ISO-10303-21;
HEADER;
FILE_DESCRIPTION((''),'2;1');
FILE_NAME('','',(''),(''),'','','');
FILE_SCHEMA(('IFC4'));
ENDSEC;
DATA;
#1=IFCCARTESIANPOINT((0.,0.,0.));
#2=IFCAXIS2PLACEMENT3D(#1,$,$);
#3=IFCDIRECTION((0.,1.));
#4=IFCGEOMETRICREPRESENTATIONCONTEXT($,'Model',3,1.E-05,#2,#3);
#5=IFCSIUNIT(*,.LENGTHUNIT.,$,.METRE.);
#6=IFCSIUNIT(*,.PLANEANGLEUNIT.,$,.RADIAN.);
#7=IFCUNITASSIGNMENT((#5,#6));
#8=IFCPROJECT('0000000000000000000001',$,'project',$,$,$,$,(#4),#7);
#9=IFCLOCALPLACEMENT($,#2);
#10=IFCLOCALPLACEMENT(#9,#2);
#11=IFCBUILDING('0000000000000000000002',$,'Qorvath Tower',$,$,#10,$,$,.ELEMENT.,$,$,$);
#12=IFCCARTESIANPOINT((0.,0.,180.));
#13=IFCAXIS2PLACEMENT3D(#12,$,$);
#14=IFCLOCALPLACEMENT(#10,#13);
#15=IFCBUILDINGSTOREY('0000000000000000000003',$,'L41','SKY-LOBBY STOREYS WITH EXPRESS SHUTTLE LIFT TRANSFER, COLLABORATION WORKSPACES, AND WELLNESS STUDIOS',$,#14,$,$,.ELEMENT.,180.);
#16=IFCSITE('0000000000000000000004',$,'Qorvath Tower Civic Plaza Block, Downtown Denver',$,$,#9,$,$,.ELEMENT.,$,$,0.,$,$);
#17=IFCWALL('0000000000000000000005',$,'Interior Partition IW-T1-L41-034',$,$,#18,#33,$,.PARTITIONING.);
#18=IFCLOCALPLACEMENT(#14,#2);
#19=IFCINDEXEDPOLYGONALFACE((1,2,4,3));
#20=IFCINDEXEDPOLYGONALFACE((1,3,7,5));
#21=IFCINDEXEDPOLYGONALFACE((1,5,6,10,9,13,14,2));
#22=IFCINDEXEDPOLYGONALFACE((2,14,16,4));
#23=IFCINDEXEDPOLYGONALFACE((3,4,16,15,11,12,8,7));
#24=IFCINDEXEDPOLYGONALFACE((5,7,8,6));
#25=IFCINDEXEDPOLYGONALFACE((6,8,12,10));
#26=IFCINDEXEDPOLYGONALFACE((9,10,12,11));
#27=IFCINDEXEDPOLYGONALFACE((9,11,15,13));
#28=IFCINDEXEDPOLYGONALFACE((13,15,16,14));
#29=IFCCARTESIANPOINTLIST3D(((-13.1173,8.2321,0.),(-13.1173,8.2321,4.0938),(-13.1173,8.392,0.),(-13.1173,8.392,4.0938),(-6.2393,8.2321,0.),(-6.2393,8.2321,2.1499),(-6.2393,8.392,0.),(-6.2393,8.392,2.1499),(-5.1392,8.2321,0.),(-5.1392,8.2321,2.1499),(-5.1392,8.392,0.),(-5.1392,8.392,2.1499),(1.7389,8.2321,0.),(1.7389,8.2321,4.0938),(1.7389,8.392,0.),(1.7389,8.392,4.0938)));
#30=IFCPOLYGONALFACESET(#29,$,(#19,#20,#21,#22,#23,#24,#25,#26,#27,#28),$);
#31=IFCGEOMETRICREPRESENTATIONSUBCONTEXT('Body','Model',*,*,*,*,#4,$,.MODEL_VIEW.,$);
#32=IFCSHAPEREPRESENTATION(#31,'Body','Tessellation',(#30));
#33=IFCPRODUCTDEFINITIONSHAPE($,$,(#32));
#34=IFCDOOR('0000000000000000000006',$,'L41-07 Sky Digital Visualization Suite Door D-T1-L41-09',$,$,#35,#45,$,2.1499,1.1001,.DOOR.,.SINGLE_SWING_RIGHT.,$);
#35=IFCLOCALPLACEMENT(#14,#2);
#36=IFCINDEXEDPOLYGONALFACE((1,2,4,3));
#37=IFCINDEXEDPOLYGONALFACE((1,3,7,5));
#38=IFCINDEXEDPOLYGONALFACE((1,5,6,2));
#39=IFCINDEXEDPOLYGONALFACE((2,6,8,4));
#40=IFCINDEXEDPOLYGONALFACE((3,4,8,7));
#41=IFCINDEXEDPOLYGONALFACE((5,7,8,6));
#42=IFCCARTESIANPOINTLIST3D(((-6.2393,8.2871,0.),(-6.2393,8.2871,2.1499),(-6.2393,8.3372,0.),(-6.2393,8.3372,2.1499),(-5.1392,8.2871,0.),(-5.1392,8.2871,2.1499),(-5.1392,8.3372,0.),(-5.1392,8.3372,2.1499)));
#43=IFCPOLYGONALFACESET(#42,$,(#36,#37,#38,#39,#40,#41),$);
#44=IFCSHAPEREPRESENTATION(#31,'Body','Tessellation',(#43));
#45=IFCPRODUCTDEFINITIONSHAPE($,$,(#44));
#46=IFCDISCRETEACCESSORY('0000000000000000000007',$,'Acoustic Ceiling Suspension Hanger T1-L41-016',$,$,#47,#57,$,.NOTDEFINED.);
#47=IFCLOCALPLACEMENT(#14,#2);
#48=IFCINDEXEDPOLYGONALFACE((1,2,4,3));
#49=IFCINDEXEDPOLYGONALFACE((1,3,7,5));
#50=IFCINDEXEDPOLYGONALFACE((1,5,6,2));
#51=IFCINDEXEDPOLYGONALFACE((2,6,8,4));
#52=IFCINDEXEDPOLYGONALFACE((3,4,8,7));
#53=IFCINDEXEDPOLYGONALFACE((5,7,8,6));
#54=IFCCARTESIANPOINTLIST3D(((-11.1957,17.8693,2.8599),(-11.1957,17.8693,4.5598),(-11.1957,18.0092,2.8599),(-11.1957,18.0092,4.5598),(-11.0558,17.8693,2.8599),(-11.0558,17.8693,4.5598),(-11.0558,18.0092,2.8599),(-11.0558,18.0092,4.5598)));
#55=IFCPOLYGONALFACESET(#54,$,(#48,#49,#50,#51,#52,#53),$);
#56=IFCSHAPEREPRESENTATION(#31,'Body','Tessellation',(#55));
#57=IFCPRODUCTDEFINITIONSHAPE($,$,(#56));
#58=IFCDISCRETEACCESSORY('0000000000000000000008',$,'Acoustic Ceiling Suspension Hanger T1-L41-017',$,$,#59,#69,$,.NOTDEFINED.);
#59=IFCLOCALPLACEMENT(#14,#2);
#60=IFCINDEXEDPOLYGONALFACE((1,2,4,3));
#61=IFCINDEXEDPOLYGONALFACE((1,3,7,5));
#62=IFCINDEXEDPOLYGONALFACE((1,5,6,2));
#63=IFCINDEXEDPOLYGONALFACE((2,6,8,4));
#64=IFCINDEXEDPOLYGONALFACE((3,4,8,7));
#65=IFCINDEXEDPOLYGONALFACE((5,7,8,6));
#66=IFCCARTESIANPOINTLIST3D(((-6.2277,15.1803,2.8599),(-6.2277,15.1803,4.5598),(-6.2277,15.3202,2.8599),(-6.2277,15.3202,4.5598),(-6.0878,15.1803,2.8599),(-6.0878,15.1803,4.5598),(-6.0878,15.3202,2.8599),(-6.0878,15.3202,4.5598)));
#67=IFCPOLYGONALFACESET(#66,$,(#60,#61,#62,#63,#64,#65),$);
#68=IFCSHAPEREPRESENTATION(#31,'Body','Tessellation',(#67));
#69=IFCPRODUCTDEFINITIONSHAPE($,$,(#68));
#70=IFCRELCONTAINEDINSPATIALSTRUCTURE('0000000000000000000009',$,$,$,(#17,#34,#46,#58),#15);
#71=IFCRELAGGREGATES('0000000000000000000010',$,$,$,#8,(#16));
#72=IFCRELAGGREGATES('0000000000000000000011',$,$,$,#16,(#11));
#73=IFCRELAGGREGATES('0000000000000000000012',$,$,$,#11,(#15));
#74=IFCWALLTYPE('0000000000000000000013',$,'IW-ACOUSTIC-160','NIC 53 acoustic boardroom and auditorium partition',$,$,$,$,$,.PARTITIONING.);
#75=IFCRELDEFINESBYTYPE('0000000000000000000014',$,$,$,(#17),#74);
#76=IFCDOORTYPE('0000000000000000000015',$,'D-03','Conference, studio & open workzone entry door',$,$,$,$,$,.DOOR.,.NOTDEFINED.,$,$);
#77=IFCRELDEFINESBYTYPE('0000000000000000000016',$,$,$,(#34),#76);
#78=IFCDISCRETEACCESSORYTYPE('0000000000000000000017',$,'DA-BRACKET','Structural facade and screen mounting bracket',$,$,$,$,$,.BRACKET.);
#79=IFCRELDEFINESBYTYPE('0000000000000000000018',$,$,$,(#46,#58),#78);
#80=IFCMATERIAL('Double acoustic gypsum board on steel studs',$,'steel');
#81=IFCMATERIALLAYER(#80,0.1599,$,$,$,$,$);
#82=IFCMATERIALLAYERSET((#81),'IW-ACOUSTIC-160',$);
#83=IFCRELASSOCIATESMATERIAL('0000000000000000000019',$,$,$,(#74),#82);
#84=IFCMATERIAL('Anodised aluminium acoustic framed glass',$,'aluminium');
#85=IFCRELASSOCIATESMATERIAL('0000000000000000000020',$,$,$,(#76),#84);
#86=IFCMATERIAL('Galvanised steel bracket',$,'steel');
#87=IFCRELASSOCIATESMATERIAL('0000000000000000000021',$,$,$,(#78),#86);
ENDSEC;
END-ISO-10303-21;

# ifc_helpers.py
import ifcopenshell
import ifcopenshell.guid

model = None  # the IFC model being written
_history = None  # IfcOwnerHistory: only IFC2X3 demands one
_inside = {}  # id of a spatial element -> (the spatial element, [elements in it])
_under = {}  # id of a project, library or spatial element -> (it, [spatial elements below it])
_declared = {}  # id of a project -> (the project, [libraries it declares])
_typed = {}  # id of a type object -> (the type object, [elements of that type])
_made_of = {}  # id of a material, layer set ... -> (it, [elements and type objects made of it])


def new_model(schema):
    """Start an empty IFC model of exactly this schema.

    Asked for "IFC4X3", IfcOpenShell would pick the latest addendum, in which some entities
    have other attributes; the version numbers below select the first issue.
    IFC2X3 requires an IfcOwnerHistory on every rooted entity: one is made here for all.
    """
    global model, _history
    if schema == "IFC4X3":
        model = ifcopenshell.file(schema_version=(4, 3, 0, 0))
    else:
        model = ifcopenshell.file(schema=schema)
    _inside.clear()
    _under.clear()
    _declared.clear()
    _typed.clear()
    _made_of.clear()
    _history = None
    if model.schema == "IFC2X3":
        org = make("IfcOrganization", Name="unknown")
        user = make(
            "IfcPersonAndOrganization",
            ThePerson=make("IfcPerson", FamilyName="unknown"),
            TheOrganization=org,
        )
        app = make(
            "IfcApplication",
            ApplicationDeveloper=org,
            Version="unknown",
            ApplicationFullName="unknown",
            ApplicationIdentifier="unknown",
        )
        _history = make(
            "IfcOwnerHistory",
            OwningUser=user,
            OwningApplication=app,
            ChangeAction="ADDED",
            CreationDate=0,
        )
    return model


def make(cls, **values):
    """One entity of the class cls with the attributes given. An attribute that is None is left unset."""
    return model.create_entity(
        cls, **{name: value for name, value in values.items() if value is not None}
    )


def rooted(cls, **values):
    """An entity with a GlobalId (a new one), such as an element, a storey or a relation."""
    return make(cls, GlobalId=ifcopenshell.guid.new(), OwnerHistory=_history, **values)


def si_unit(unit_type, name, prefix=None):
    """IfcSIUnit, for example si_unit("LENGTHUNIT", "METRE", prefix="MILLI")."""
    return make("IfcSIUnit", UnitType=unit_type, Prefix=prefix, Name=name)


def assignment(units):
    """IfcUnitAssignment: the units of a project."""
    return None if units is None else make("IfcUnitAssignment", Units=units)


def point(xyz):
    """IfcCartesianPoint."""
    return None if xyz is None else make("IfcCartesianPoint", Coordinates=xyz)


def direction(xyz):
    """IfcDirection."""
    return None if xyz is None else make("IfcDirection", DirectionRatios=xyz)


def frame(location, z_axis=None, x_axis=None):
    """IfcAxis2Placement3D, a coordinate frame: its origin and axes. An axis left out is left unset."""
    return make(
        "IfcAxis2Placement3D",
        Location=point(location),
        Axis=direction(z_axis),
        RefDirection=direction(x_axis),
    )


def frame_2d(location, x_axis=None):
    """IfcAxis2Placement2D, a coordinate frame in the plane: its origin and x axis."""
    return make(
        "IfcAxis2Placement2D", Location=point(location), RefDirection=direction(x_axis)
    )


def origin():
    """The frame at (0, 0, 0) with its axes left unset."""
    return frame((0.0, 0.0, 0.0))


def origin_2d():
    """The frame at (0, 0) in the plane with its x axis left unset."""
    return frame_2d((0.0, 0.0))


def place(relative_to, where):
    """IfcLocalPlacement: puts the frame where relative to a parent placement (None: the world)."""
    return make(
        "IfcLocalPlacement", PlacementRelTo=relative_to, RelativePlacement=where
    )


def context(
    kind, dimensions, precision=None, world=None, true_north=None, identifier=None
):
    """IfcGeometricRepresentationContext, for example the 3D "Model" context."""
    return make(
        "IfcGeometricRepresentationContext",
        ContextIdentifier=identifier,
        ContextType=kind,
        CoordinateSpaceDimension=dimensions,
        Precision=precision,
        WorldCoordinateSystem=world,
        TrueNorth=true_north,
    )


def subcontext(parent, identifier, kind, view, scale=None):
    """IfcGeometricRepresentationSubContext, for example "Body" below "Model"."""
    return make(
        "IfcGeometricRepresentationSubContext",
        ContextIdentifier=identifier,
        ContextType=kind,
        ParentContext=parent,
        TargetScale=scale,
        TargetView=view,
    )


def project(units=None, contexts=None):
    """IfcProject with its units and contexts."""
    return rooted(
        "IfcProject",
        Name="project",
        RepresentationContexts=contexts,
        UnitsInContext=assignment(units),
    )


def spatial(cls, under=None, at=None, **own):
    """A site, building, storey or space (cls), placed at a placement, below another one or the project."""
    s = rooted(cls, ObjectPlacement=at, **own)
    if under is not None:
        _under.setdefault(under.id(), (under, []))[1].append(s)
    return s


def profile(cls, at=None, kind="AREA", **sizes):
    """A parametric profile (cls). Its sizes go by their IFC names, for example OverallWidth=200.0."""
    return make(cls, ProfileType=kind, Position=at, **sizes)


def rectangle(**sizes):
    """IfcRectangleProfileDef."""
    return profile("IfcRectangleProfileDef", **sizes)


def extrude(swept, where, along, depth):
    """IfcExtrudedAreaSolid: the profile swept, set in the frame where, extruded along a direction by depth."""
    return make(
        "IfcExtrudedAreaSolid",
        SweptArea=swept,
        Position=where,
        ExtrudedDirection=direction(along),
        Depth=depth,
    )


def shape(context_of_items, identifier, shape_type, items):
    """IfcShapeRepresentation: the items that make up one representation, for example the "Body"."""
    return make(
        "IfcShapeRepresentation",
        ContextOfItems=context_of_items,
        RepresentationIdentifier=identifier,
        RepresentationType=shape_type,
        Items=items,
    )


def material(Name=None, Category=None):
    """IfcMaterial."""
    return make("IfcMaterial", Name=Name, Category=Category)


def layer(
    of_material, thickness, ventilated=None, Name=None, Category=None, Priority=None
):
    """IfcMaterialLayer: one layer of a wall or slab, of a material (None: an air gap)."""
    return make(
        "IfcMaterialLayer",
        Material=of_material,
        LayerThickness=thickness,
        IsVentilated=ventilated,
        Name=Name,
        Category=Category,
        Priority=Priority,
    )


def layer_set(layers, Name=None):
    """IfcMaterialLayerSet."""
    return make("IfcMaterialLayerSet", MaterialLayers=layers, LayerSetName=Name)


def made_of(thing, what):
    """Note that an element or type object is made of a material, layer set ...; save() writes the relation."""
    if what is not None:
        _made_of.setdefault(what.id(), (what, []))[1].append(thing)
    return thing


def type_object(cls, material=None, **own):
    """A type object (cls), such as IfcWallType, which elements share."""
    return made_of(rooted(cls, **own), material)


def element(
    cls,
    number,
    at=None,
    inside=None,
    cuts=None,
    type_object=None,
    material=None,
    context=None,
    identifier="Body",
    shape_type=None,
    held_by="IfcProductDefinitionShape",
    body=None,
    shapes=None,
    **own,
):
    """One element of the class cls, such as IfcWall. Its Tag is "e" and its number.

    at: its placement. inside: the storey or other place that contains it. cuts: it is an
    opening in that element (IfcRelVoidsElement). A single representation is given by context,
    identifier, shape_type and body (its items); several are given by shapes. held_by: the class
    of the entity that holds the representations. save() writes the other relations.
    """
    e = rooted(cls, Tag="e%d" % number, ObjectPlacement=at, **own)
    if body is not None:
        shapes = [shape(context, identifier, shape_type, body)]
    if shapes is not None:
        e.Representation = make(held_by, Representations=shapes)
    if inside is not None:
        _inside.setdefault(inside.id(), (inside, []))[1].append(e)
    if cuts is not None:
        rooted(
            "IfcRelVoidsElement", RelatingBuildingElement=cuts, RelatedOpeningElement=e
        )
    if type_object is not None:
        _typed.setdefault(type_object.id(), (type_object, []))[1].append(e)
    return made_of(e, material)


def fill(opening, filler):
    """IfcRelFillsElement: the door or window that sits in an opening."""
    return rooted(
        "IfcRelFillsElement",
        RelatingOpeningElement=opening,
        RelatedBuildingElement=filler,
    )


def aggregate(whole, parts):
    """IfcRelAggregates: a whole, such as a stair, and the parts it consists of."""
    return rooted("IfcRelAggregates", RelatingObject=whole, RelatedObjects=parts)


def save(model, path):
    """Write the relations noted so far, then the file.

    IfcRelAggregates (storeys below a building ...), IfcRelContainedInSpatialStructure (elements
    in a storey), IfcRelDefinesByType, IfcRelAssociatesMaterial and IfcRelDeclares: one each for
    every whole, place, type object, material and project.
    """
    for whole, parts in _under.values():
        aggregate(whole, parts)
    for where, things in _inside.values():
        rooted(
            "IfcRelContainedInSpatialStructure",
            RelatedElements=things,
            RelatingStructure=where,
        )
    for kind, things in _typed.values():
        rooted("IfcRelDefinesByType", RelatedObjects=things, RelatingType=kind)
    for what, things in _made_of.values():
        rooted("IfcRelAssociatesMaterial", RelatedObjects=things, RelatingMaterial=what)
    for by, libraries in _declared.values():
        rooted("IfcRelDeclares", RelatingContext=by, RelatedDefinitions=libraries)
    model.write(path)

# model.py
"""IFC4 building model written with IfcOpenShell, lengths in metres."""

from ifc_helpers import new_model, si_unit, direction, frame, frame_2d, origin, origin_2d, place, context, subcontext, project, spatial, rectangle, extrude, material, layer, layer_set, type_object, element, fill, save


model = new_model("IFC4")

# Units and contexts
model_context = context("Model", 3, precision=1e-05, world=origin(), true_north=direction((0.0, 1.0)))
body_context = subcontext(model_context, "Body", "Model", "MODEL_VIEW")
ifc_project = project(units=[si_unit("LENGTHUNIT", "METRE"), si_unit("PLANEANGLEUNIT", "RADIAN")], contexts=[model_context])

# Site, building, storey
site_placement = place(None, origin())
site = spatial("IfcSite", under=ifc_project, at=site_placement, Name="Qorvath Tower Civic Plaza Block, Downtown Denver", CompositionType="ELEMENT", RefElevation=0.0)
building_placement = place(site_placement, origin())
building = spatial("IfcBuilding", under=site, at=building_placement, Name="Qorvath Tower", CompositionType="ELEMENT")
storey_placement = place(building_placement, frame((0.0, 0.0, 180.0)))
storey = spatial("IfcBuildingStorey", under=building, at=storey_placement, Name="L41", Description="SKY-LOBBY STOREYS WITH EXPRESS SHUTTLE LIFT TRANSFER, COLLABORATION WORKSPACES, AND WELLNESS STUDIOS", CompositionType="ELEMENT", Elevation=180.0)

# Wall, opening, door
ifc_material_1 = material(Name="Double acoustic gypsum board on steel studs", Category="steel")
ifc_layer_1 = layer(ifc_material_1, 0.1599)
ifc_layer_set_1 = layer_set([ifc_layer_1], Name="IW-ACOUSTIC-160")
wall_type = type_object("IfcWallType", Name="IW-ACOUSTIC-160", Description="NIC 53 acoustic boardroom and auditorium partition", PredefinedType="PARTITIONING", material=ifc_layer_set_1)
wall_placement = place(storey_placement, frame((1.739, 8.312, 0.0), z_axis=(0.0, 0.0, 1.0), x_axis=(-1.0, 0.0, 0.0)))
wall = element("IfcWall", 1, at=wall_placement, inside=storey, type_object=wall_type, Name="Interior Partition IW-T1-L41-034", PredefinedType="PARTITIONING", context=body_context, shape_type="SweptSolid", body=[
    extrude(rectangle(XDim=14.8562, YDim=0.1599, at=frame_2d((7.4282, 0.0))), origin(), (0.0, 0.0, 1.0), 4.0938),
])
opening_placement = place(wall_placement, frame((6.8782, 0.0, 0.0)))
opening = element("IfcOpeningElement", 2, at=opening_placement, cuts=wall, PredefinedType="OPENING", context=body_context, shape_type="SweptSolid", body=[
    extrude(rectangle(XDim=1.1001, YDim=2.1499, at=frame_2d((0.55, 1.075))), frame((0.0, 0.0898, 0.0), z_axis=(0.0, -1.0, 0.0), x_axis=(1.0, 0.0, 0.0)), (0.0, 0.0, 1.0), 0.1799),
])
ifc_material_2 = material(Name="Anodised aluminium acoustic framed glass", Category="aluminium")
door_type = type_object("IfcDoorType", Name="D-03", Description="Conference, studio & open workzone entry door", OperationType="NOTDEFINED", PredefinedType="DOOR", material=ifc_material_2)
door_placement = place(opening_placement, origin())
door = element("IfcDoor", 3, at=door_placement, inside=storey, type_object=door_type, Name="L41-07 Sky Digital Visualization Suite Door D-T1-L41-09", OperationType="SINGLE_SWING_RIGHT", OverallHeight=2.1499, OverallWidth=1.1001, PredefinedType="DOOR", context=body_context, shape_type="SweptSolid", body=[
    extrude(rectangle(XDim=1.1001, YDim=2.1499, at=frame_2d((0.55, 1.075))), frame((0.0, 0.0249, 0.0), z_axis=(0.0, -1.0, 0.0), x_axis=(1.0, 0.0, 0.0)), (0.0, 0.0, 1.0), 0.05),
])
fill(opening, door)

# Discrete accessories
ifc_material_3 = material(Name="Galvanised steel bracket", Category="steel")
discrete_accessory_type = type_object("IfcDiscreteAccessoryType", Name="DA-BRACKET", Description="Structural facade and screen mounting bracket", PredefinedType="BRACKET", material=ifc_material_3)
for number, where, z_axis, x_axis, name in (
    (4, (-11.1257, 17.9392, 2.8599), (0.0, 0.0, 1.0), (1.0, 0.0, 0.0), "Acoustic Ceiling Suspension Hanger T1-L41-016"),
    (5, (-6.1577, 15.2502, 2.8599), (0.0, 0.0, 1.0), (1.0, 0.0, 0.0), "Acoustic Ceiling Suspension Hanger T1-L41-017"),
):
    element("IfcDiscreteAccessory", number, at=place(storey_placement, frame(where, z_axis=z_axis, x_axis=x_axis)), inside=storey, type_object=discrete_accessory_type, Name=name, PredefinedType="NOTDEFINED", context=body_context, shape_type="SweptSolid", body=[
        extrude(rectangle(XDim=0.1399, YDim=0.1399, at=origin_2d()), origin(), (0.0, 0.0, 1.0), 1.7),
    ])

save(model, "model.ifc")
